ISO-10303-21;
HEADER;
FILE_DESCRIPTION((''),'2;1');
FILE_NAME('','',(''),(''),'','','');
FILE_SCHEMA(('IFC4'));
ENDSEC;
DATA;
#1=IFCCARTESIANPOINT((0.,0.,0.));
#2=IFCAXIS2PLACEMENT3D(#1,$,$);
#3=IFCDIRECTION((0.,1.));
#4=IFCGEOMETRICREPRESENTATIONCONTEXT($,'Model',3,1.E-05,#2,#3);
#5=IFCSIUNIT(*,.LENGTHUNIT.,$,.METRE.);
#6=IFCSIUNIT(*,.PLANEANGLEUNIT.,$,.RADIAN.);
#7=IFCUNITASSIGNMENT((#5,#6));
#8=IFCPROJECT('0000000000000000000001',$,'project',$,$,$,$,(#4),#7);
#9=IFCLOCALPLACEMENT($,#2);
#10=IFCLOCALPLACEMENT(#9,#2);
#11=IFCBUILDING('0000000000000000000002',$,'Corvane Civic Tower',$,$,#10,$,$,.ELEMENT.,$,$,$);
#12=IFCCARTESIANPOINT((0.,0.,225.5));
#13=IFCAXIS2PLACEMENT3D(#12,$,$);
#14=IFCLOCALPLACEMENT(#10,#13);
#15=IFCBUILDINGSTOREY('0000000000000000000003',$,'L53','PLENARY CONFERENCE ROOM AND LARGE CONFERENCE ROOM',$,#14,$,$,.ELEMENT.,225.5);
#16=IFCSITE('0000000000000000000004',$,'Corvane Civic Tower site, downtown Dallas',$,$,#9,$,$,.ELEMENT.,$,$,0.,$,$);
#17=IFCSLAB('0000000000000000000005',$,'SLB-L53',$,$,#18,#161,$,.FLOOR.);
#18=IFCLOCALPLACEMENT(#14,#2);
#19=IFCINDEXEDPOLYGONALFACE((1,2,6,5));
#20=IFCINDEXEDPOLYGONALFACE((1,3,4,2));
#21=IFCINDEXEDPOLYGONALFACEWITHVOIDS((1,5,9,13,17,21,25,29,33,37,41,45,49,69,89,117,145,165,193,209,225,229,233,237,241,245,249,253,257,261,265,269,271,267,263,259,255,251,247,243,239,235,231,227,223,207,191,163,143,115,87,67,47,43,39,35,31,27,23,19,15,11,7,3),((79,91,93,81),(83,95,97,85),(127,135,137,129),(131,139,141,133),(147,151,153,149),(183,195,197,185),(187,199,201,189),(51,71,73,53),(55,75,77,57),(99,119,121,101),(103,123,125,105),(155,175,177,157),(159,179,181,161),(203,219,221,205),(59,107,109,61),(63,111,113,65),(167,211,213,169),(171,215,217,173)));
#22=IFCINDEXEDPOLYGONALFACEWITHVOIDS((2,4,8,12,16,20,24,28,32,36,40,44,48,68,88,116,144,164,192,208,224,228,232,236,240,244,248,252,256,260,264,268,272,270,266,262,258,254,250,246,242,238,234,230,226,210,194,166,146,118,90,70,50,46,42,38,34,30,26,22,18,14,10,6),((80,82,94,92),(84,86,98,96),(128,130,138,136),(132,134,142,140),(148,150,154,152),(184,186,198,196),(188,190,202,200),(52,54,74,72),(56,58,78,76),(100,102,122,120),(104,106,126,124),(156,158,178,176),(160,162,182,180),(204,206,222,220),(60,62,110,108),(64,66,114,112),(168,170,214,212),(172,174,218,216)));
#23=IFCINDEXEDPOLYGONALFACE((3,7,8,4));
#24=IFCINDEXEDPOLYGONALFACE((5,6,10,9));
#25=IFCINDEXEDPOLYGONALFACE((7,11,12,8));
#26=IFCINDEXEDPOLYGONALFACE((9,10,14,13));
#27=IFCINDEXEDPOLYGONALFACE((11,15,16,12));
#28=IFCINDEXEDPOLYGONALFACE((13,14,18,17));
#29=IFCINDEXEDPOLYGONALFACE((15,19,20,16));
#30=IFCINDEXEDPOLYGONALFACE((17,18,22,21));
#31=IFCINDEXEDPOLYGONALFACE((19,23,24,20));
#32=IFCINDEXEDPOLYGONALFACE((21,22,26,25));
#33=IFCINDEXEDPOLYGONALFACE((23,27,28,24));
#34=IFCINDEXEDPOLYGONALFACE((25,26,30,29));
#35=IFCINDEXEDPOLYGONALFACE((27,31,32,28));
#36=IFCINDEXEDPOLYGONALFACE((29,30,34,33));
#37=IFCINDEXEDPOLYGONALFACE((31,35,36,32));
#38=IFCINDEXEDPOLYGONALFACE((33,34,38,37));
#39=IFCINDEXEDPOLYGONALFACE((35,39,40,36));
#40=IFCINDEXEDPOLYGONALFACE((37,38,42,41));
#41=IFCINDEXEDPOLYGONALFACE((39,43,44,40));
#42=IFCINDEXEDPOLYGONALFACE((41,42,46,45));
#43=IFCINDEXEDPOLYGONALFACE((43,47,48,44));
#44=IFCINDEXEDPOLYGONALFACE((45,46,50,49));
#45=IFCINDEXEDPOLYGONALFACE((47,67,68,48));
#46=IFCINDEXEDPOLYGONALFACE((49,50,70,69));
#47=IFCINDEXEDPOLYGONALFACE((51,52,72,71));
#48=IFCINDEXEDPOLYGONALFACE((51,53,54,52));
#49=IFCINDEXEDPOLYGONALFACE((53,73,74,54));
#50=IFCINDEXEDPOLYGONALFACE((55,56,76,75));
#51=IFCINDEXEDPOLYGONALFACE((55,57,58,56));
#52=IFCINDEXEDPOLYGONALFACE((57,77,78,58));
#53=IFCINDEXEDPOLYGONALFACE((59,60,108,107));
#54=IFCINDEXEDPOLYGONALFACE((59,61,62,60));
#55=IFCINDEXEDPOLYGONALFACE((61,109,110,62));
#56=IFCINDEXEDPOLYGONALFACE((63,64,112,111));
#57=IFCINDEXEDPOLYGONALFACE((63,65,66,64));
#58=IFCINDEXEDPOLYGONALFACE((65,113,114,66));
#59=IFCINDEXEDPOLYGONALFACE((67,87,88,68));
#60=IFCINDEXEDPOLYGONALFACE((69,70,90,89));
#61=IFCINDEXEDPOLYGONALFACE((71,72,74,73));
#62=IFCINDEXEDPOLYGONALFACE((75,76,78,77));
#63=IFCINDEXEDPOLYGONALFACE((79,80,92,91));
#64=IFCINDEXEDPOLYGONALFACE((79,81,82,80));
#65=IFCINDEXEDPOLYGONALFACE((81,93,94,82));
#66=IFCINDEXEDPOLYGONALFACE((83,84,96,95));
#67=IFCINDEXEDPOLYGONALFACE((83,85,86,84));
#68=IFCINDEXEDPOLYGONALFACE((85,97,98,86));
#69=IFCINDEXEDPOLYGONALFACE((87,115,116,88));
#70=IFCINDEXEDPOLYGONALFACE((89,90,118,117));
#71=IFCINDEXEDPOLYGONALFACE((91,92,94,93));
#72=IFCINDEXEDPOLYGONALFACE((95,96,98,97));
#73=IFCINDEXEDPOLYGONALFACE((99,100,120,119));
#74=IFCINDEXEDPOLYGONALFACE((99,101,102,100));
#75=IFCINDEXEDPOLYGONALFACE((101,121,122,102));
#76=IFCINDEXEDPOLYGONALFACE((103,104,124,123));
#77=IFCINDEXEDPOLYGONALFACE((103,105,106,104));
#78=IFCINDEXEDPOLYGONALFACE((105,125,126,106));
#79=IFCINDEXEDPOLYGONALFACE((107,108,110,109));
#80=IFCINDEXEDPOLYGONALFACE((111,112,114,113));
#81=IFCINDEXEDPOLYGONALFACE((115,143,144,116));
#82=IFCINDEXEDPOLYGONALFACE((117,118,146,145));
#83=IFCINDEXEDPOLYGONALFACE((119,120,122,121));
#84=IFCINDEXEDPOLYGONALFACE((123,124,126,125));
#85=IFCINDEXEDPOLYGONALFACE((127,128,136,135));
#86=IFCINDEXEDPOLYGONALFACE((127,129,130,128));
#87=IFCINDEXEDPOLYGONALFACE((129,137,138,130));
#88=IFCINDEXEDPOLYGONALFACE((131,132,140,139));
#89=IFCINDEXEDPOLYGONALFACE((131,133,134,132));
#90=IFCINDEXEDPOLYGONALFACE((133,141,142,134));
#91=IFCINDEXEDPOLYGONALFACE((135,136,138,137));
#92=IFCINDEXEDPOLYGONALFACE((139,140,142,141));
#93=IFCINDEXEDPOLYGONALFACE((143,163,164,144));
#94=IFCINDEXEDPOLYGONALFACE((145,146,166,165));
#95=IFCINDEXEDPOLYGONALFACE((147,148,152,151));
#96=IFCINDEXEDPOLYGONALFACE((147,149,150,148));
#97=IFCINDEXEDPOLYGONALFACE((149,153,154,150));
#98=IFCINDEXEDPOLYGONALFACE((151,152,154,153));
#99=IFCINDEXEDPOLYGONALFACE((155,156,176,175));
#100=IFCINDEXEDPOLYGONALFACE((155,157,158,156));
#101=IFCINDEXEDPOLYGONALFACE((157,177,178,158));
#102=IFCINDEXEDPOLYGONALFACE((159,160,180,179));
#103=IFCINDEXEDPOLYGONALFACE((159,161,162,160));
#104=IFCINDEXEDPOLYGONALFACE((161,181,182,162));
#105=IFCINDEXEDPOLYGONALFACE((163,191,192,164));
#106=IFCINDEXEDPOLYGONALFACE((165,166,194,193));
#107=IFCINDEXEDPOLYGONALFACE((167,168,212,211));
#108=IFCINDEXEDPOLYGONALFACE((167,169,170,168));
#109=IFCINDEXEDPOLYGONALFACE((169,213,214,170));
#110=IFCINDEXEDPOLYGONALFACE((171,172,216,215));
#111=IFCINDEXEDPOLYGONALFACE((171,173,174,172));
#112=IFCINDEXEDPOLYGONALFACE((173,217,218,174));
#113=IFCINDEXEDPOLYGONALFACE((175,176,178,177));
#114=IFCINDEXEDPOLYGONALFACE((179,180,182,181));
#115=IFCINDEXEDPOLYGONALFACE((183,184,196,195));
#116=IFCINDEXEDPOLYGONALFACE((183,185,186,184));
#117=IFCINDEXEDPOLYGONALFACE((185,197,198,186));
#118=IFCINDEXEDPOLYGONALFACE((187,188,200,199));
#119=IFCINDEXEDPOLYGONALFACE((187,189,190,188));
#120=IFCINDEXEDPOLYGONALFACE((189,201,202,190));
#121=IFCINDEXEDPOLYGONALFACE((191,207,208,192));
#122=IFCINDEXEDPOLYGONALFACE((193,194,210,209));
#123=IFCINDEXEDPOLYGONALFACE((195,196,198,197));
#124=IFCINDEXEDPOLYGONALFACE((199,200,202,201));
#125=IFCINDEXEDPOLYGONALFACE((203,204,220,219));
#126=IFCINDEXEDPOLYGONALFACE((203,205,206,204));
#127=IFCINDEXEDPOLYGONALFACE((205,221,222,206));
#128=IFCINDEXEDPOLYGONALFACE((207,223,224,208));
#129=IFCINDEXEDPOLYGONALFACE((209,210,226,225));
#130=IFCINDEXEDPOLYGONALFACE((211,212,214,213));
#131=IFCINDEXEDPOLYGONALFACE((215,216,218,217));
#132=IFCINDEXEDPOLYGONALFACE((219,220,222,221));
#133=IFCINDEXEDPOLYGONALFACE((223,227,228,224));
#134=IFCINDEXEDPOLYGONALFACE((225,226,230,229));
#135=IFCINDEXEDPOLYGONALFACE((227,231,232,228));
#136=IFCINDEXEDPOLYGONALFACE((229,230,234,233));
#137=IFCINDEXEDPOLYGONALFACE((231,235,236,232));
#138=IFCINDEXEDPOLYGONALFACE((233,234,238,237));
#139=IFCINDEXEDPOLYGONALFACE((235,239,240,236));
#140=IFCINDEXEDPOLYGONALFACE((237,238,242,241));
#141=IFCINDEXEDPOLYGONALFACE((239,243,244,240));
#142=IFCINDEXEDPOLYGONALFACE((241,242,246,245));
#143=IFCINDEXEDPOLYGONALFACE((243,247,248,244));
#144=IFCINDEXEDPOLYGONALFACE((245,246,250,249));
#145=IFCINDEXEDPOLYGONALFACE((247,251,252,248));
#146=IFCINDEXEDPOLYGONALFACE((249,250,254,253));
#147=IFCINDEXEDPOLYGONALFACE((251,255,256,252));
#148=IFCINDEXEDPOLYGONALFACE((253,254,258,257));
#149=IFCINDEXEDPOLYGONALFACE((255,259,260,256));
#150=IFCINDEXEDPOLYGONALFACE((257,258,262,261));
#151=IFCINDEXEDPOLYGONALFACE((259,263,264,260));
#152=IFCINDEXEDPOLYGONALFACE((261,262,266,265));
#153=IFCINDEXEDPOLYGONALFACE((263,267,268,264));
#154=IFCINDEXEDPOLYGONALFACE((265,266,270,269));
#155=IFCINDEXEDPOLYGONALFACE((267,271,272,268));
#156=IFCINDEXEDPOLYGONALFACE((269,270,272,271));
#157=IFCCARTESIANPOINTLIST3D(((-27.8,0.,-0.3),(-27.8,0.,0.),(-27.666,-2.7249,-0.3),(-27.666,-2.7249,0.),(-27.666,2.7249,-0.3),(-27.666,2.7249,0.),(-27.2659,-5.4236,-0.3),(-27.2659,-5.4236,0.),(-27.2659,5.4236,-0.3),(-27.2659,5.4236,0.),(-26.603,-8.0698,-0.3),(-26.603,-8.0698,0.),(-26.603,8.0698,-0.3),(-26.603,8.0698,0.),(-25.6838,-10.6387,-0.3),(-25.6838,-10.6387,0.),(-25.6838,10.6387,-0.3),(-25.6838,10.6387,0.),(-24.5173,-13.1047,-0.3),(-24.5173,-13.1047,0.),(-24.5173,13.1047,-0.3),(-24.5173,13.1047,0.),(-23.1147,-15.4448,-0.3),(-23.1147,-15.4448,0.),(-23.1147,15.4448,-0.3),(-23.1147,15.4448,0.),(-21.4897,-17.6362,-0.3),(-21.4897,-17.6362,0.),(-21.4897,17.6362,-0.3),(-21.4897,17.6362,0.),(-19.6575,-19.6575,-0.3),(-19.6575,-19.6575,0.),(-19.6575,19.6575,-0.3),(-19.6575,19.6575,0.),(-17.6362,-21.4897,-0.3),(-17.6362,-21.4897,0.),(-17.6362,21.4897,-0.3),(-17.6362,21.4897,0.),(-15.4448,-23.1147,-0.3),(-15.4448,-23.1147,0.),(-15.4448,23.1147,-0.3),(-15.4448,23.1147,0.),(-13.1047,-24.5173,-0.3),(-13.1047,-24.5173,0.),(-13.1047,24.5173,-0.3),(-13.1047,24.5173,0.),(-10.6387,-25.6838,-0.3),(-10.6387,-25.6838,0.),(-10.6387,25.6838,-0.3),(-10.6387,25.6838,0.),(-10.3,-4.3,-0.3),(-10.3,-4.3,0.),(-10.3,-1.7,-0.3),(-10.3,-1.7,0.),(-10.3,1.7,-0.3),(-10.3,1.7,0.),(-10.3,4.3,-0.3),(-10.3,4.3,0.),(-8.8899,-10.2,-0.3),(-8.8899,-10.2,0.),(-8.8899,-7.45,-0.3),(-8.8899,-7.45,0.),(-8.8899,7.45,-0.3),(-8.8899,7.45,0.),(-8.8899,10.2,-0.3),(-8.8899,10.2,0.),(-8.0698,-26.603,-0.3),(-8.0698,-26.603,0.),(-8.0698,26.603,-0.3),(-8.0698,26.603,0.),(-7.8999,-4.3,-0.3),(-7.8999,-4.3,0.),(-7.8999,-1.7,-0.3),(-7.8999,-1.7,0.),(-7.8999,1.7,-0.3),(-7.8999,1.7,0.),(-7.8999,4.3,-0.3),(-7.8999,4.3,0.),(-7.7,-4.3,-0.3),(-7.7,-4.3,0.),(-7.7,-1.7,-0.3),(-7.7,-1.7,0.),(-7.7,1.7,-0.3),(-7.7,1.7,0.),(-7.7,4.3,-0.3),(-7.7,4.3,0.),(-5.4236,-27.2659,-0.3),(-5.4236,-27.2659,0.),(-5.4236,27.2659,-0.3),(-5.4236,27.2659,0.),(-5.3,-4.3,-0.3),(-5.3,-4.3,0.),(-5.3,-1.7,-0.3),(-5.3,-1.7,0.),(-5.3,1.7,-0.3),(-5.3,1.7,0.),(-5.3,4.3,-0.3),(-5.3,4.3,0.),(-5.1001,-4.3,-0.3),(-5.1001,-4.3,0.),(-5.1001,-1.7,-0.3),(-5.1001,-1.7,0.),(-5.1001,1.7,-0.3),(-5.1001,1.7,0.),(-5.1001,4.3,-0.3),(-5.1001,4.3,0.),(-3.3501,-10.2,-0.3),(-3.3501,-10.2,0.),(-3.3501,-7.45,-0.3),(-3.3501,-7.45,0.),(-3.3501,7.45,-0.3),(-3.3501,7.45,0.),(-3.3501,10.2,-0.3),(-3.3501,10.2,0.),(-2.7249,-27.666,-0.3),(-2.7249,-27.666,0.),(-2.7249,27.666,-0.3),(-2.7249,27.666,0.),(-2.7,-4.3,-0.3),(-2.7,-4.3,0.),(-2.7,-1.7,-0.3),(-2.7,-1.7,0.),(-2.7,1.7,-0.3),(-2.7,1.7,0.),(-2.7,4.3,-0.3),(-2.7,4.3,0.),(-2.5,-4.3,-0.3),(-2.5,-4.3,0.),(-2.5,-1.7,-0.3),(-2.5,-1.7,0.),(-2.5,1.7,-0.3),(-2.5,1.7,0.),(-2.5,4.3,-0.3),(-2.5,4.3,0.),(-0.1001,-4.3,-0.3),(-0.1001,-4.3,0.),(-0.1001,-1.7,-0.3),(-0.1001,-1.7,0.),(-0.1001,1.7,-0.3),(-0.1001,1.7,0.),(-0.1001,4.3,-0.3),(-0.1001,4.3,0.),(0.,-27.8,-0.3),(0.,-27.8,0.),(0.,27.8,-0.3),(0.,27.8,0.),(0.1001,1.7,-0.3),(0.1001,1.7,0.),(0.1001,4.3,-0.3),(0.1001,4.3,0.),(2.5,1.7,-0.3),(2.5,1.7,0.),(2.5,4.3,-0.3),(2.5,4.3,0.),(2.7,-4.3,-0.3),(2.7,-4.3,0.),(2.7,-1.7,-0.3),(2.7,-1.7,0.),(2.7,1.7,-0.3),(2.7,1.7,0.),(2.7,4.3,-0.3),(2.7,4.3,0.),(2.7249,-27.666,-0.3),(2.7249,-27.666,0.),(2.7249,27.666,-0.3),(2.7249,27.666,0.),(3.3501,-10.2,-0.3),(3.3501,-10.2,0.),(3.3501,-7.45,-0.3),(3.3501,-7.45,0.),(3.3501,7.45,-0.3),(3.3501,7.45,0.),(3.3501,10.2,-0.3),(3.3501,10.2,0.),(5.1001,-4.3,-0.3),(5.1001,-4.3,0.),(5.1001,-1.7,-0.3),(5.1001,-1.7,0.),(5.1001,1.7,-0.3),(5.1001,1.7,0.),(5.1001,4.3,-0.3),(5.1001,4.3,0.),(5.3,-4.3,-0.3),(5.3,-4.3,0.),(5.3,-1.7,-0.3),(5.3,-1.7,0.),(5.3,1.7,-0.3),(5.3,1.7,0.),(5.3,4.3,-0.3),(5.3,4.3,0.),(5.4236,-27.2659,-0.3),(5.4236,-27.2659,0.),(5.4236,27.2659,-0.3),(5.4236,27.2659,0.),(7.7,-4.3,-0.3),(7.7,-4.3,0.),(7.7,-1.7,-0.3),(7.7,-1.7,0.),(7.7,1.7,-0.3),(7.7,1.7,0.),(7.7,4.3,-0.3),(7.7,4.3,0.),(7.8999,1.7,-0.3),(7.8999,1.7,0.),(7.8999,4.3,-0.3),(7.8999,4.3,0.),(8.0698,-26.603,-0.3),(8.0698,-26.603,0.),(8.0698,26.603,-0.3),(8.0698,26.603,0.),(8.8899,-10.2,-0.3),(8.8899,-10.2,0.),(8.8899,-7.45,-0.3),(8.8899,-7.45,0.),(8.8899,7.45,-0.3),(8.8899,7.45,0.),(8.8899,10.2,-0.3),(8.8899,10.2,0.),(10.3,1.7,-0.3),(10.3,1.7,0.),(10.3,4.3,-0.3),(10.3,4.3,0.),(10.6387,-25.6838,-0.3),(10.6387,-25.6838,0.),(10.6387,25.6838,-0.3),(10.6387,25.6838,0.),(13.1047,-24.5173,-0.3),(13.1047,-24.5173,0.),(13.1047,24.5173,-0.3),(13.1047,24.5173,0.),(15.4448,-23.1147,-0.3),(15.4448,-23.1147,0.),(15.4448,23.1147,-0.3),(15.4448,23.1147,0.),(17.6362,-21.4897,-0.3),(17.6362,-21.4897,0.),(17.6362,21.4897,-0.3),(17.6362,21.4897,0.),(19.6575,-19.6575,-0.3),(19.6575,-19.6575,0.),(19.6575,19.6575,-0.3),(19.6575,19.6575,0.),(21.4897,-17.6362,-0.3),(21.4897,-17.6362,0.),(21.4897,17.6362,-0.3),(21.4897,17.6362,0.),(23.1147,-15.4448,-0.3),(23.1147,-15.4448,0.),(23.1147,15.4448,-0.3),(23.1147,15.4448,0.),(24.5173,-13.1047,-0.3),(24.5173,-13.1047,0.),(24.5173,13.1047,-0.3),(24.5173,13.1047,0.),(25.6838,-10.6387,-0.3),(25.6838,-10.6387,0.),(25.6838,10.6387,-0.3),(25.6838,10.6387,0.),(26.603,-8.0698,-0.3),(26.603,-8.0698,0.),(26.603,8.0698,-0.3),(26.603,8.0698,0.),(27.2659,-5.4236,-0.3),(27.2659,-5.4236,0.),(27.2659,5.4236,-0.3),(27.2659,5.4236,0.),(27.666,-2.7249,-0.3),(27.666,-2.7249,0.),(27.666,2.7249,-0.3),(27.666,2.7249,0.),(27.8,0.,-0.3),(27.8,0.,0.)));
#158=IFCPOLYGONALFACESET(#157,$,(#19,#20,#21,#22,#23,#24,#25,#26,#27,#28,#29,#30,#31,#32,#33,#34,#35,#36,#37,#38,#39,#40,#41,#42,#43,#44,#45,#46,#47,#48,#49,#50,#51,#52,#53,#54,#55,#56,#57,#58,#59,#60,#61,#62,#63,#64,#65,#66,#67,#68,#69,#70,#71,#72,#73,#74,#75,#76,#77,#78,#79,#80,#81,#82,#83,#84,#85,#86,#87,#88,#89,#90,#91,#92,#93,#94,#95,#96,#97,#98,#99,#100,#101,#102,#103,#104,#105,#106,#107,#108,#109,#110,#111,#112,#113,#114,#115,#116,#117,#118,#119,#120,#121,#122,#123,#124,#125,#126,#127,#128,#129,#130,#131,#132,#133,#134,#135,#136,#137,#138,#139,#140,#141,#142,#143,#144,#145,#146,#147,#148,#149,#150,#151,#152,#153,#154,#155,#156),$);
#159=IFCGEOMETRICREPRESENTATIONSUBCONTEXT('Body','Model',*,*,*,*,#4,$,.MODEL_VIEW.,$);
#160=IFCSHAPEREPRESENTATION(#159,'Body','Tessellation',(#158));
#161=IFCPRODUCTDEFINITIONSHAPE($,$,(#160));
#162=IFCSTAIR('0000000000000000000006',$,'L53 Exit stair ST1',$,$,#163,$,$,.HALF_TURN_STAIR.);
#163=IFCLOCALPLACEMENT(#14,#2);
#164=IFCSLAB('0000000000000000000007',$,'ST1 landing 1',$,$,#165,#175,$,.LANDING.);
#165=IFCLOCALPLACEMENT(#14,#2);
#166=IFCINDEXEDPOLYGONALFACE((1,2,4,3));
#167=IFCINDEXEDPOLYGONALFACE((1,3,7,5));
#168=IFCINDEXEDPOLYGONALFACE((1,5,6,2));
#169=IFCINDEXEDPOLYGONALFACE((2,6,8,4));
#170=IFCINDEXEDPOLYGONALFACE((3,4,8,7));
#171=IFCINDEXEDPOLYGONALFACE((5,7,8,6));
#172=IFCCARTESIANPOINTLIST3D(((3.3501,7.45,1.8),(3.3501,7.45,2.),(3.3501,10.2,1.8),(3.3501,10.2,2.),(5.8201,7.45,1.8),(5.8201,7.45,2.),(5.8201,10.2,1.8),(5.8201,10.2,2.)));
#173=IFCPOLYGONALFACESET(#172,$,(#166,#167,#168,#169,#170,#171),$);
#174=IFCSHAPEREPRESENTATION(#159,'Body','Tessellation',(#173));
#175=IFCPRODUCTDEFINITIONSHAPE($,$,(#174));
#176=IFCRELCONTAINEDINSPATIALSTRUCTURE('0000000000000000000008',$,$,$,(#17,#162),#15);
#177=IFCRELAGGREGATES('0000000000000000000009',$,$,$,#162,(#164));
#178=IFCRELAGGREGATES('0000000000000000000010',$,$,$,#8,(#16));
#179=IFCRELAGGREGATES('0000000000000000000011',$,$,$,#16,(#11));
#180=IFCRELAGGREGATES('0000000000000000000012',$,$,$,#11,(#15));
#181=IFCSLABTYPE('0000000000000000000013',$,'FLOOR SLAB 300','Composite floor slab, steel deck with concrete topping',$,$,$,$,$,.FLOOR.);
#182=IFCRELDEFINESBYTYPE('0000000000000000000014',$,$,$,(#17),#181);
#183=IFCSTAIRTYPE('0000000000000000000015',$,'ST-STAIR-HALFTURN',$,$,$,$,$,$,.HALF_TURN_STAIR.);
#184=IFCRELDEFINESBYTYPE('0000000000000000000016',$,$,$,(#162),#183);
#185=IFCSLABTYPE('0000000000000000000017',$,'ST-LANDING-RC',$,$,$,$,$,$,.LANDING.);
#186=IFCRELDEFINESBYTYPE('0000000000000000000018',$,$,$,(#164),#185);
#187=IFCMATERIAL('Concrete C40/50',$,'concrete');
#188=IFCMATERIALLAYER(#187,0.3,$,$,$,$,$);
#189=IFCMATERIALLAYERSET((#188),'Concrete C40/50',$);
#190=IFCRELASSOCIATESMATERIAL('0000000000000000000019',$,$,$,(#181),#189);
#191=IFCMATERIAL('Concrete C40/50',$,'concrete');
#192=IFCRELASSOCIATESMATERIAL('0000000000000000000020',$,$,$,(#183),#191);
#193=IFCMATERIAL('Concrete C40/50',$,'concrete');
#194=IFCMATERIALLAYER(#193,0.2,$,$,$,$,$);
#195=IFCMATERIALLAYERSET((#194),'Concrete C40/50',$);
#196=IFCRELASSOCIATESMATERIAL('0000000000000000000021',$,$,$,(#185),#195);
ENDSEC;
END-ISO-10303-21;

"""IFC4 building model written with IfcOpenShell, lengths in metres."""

from ifc_helpers import new_model, si_unit, direction, frame, origin, place, context, subcontext, project, spatial, polyline, outline, extrude, material, layer, layer_set, type_object, element, aggregate, save


model = new_model("IFC4")

# Units and contexts
model_context = context("Model", 3, precision=1e-05, world=origin(), true_north=direction((0.0, 1.0)))
body_context = subcontext(model_context, "Body", "Model", "MODEL_VIEW")
ifc_project = project(units=[si_unit("LENGTHUNIT", "METRE"), si_unit("PLANEANGLEUNIT", "RADIAN")], contexts=[model_context])

# Site, building, storey
site_placement = place(None, origin())
site = spatial("IfcSite", under=ifc_project, at=site_placement, Name="Corvane Civic Tower site, downtown Dallas", CompositionType="ELEMENT", RefElevation=0.0)
building_placement = place(site_placement, origin())
building = spatial("IfcBuilding", under=site, at=building_placement, Name="Corvane Civic Tower", CompositionType="ELEMENT")
storey_placement = place(building_placement, frame((0.0, 0.0, 225.5)))
storey = spatial("IfcBuildingStorey", under=building, at=storey_placement, Name="L53", Description="PLENARY CONFERENCE ROOM AND LARGE CONFERENCE ROOM", CompositionType="ELEMENT", Elevation=225.5)

# Slab
ifc_material_1 = material(Name="Concrete C40/50", Category="concrete")
ifc_layer_1 = layer(ifc_material_1, 0.3)
ifc_layer_set_1 = layer_set([ifc_layer_1], Name="Concrete C40/50")
slab_type_1 = type_object("IfcSlabType", Name="FLOOR SLAB 300", Description="Composite floor slab, steel deck with concrete topping", PredefinedType="FLOOR", material=ifc_layer_set_1)
slab_1_placement = place(storey_placement, frame((0.0, 0.0, -0.3)))
element("IfcSlab", 1, at=slab_1_placement, inside=storey, type_object=slab_type_1, Name="SLB-L53", PredefinedType="FLOOR", context=body_context, shape_type="SweptSolid", body=[
    extrude(outline(polyline([(0.0, 27.8), (-2.7249, 27.666), (-5.4236, 27.2659), (-8.0698, 26.603), (-10.6387, 25.6838), (-13.1047, 24.5173), (-15.4448, 23.1147), (-17.6362, 21.4897), (-19.6575, 19.6575), (-21.4897, 17.6362), (-23.1147, 15.4448), (-24.5173, 13.1047), (-25.6838, 10.6387), (-26.603, 8.0698), (-27.2659, 5.4236), (-27.666, 2.7249), (-27.8, 0.0), (-27.666, -2.7249), (-27.2659, -5.4236), (-26.603, -8.0698), (-25.6838, -10.6387), (-24.5173, -13.1047), (-23.1147, -15.4448), (-21.4897, -17.6362), (-19.6575, -19.6575), (-17.6362, -21.4897), (-15.4448, -23.1147), (-13.1047, -24.5173), (-10.6387, -25.6838), (-8.0698, -26.603), (-5.4236, -27.2659), (-2.7249, -27.666), (0.0, -27.8), (2.7249, -27.666), (5.4236, -27.2659), (8.0698, -26.603), (10.6387, -25.6838), (13.1047, -24.5173), (15.4448, -23.1147), (17.6362, -21.4897), (19.6575, -19.6575), (21.4897, -17.6362), (23.1147, -15.4448), (24.5173, -13.1047), (25.6838, -10.6387), (26.603, -8.0698), (27.2659, -5.4236), (27.666, -2.7249), (27.8, 0.0), (27.666, 2.7249), (27.2659, 5.4236), (26.603, 8.0698), (25.6838, 10.6387), (24.5173, 13.1047), (23.1147, 15.4448), (21.4897, 17.6362), (19.6575, 19.6575), (17.6362, 21.4897), (15.4448, 23.1147), (13.1047, 24.5173), (10.6387, 25.6838), (8.0698, 26.603), (5.4236, 27.2659), (2.7249, 27.666), (0.0, 27.8)]), holes=[polyline([(-7.8999, 1.7), (-10.3, 1.7), (-10.3, 4.3), (-7.8999, 4.3), (-7.8999, 1.7)]), polyline([(-5.3, 1.7), (-7.7, 1.7), (-7.7, 4.3), (-5.3, 4.3), (-5.3, 1.7)]), polyline([(-5.1001, 4.3), (-2.7, 4.3), (-2.7, 1.7), (-5.1001, 1.7), (-5.1001, 4.3)]), polyline([(-2.5, 4.3), (-0.1001, 4.3), (-0.1001, 1.7), (-2.5, 1.7), (-2.5, 4.3)]), polyline([(0.1001, 4.3), (2.5, 4.3), (2.5, 1.7), (0.1001, 1.7), (0.1001, 4.3)]), polyline([(5.1001, 4.3), (5.1001, 1.7), (2.7, 1.7), (2.7, 4.3), (5.1001, 4.3)]), polyline([(5.3, 4.3), (7.7, 4.3), (7.7, 1.7), (5.3, 1.7), (5.3, 4.3)]), polyline([(7.8999, 4.3), (10.3, 4.3), (10.3, 1.7), (7.8999, 1.7), (7.8999, 4.3)]), polyline([(-10.3, -4.3), (-10.3, -1.7), (-7.8999, -1.7), (-7.8999, -4.3), (-10.3, -4.3)]), polyline([(-7.7, -4.3), (-7.7, -1.7), (-5.3, -1.7), (-5.3, -4.3), (-7.7, -4.3)]), polyline([(-2.7, -4.3), (-5.1001, -4.3), (-5.1001, -1.7), (-2.7, -1.7), (-2.7, -4.3)]), polyline([(-0.1001, -4.3), (-2.5, -4.3), (-2.5, -1.7), (-0.1001, -1.7), (-0.1001, -4.3)]), polyline([(5.1001, -1.7), (5.1001, -4.3), (2.7, -4.3), (2.7, -1.7), (5.1001, -1.7)]), polyline([(7.7, -1.7), (7.7, -4.3), (5.3, -4.3), (5.3, -1.7), (7.7, -1.7)]), polyline([(8.8899, 10.2), (8.8899, 7.45), (3.3501, 7.45), (3.3501, 10.2), (8.8899, 10.2)]), polyline([(-8.8899, 7.45), (-8.8899, 10.2), (-3.3501, 10.2), (-3.3501, 7.45), (-8.8899, 7.45)]), polyline([(8.8899, -7.45), (8.8899, -10.2), (3.3501, -10.2), (3.3501, -7.45), (8.8899, -7.45)]), polyline([(-8.8899, -10.2), (-8.8899, -7.45), (-3.3501, -7.45), (-3.3501, -10.2), (-8.8899, -10.2)])]), origin(), (0.0, 0.0, 1.0), 0.3),
])

# Stair, slab
ifc_material_2 = material(Name="Concrete C40/50", Category="concrete")
stair_type = type_object("IfcStairType", Name="ST-STAIR-HALFTURN", PredefinedType="HALF_TURN_STAIR", material=ifc_material_2)
stair_1_placement = place(storey_placement, origin())
stair_1 = element("IfcStair", 2, at=stair_1_placement, inside=storey, type_object=stair_type, Name="L53 Exit stair ST1", PredefinedType="HALF_TURN_STAIR")
ifc_material_3 = material(Name="Concrete C40/50", Category="concrete")
ifc_layer_2 = layer(ifc_material_3, 0.2)
ifc_layer_set_2 = layer_set([ifc_layer_2], Name="Concrete C40/50")
slab_type_2 = type_object("IfcSlabType", Name="ST-LANDING-RC", PredefinedType="LANDING", material=ifc_layer_set_2)
slab_2_placement = place(storey_placement, frame((0.0, 0.0, 1.8)))
slab_2 = element("IfcSlab", 3, at=slab_2_placement, type_object=slab_type_2, Name="ST1 landing 1", PredefinedType="LANDING", context=body_context, shape_type="SweptSolid", body=[
    extrude(outline(polyline([(5.8201, 10.2), (3.3501, 10.2), (3.3501, 7.45), (5.8201, 7.45), (5.8201, 10.2)])), origin(), (0.0, 0.0, 1.0), 0.2),
])
aggregate(stair_1, [slab_2])

save(model, "model.ifc")
